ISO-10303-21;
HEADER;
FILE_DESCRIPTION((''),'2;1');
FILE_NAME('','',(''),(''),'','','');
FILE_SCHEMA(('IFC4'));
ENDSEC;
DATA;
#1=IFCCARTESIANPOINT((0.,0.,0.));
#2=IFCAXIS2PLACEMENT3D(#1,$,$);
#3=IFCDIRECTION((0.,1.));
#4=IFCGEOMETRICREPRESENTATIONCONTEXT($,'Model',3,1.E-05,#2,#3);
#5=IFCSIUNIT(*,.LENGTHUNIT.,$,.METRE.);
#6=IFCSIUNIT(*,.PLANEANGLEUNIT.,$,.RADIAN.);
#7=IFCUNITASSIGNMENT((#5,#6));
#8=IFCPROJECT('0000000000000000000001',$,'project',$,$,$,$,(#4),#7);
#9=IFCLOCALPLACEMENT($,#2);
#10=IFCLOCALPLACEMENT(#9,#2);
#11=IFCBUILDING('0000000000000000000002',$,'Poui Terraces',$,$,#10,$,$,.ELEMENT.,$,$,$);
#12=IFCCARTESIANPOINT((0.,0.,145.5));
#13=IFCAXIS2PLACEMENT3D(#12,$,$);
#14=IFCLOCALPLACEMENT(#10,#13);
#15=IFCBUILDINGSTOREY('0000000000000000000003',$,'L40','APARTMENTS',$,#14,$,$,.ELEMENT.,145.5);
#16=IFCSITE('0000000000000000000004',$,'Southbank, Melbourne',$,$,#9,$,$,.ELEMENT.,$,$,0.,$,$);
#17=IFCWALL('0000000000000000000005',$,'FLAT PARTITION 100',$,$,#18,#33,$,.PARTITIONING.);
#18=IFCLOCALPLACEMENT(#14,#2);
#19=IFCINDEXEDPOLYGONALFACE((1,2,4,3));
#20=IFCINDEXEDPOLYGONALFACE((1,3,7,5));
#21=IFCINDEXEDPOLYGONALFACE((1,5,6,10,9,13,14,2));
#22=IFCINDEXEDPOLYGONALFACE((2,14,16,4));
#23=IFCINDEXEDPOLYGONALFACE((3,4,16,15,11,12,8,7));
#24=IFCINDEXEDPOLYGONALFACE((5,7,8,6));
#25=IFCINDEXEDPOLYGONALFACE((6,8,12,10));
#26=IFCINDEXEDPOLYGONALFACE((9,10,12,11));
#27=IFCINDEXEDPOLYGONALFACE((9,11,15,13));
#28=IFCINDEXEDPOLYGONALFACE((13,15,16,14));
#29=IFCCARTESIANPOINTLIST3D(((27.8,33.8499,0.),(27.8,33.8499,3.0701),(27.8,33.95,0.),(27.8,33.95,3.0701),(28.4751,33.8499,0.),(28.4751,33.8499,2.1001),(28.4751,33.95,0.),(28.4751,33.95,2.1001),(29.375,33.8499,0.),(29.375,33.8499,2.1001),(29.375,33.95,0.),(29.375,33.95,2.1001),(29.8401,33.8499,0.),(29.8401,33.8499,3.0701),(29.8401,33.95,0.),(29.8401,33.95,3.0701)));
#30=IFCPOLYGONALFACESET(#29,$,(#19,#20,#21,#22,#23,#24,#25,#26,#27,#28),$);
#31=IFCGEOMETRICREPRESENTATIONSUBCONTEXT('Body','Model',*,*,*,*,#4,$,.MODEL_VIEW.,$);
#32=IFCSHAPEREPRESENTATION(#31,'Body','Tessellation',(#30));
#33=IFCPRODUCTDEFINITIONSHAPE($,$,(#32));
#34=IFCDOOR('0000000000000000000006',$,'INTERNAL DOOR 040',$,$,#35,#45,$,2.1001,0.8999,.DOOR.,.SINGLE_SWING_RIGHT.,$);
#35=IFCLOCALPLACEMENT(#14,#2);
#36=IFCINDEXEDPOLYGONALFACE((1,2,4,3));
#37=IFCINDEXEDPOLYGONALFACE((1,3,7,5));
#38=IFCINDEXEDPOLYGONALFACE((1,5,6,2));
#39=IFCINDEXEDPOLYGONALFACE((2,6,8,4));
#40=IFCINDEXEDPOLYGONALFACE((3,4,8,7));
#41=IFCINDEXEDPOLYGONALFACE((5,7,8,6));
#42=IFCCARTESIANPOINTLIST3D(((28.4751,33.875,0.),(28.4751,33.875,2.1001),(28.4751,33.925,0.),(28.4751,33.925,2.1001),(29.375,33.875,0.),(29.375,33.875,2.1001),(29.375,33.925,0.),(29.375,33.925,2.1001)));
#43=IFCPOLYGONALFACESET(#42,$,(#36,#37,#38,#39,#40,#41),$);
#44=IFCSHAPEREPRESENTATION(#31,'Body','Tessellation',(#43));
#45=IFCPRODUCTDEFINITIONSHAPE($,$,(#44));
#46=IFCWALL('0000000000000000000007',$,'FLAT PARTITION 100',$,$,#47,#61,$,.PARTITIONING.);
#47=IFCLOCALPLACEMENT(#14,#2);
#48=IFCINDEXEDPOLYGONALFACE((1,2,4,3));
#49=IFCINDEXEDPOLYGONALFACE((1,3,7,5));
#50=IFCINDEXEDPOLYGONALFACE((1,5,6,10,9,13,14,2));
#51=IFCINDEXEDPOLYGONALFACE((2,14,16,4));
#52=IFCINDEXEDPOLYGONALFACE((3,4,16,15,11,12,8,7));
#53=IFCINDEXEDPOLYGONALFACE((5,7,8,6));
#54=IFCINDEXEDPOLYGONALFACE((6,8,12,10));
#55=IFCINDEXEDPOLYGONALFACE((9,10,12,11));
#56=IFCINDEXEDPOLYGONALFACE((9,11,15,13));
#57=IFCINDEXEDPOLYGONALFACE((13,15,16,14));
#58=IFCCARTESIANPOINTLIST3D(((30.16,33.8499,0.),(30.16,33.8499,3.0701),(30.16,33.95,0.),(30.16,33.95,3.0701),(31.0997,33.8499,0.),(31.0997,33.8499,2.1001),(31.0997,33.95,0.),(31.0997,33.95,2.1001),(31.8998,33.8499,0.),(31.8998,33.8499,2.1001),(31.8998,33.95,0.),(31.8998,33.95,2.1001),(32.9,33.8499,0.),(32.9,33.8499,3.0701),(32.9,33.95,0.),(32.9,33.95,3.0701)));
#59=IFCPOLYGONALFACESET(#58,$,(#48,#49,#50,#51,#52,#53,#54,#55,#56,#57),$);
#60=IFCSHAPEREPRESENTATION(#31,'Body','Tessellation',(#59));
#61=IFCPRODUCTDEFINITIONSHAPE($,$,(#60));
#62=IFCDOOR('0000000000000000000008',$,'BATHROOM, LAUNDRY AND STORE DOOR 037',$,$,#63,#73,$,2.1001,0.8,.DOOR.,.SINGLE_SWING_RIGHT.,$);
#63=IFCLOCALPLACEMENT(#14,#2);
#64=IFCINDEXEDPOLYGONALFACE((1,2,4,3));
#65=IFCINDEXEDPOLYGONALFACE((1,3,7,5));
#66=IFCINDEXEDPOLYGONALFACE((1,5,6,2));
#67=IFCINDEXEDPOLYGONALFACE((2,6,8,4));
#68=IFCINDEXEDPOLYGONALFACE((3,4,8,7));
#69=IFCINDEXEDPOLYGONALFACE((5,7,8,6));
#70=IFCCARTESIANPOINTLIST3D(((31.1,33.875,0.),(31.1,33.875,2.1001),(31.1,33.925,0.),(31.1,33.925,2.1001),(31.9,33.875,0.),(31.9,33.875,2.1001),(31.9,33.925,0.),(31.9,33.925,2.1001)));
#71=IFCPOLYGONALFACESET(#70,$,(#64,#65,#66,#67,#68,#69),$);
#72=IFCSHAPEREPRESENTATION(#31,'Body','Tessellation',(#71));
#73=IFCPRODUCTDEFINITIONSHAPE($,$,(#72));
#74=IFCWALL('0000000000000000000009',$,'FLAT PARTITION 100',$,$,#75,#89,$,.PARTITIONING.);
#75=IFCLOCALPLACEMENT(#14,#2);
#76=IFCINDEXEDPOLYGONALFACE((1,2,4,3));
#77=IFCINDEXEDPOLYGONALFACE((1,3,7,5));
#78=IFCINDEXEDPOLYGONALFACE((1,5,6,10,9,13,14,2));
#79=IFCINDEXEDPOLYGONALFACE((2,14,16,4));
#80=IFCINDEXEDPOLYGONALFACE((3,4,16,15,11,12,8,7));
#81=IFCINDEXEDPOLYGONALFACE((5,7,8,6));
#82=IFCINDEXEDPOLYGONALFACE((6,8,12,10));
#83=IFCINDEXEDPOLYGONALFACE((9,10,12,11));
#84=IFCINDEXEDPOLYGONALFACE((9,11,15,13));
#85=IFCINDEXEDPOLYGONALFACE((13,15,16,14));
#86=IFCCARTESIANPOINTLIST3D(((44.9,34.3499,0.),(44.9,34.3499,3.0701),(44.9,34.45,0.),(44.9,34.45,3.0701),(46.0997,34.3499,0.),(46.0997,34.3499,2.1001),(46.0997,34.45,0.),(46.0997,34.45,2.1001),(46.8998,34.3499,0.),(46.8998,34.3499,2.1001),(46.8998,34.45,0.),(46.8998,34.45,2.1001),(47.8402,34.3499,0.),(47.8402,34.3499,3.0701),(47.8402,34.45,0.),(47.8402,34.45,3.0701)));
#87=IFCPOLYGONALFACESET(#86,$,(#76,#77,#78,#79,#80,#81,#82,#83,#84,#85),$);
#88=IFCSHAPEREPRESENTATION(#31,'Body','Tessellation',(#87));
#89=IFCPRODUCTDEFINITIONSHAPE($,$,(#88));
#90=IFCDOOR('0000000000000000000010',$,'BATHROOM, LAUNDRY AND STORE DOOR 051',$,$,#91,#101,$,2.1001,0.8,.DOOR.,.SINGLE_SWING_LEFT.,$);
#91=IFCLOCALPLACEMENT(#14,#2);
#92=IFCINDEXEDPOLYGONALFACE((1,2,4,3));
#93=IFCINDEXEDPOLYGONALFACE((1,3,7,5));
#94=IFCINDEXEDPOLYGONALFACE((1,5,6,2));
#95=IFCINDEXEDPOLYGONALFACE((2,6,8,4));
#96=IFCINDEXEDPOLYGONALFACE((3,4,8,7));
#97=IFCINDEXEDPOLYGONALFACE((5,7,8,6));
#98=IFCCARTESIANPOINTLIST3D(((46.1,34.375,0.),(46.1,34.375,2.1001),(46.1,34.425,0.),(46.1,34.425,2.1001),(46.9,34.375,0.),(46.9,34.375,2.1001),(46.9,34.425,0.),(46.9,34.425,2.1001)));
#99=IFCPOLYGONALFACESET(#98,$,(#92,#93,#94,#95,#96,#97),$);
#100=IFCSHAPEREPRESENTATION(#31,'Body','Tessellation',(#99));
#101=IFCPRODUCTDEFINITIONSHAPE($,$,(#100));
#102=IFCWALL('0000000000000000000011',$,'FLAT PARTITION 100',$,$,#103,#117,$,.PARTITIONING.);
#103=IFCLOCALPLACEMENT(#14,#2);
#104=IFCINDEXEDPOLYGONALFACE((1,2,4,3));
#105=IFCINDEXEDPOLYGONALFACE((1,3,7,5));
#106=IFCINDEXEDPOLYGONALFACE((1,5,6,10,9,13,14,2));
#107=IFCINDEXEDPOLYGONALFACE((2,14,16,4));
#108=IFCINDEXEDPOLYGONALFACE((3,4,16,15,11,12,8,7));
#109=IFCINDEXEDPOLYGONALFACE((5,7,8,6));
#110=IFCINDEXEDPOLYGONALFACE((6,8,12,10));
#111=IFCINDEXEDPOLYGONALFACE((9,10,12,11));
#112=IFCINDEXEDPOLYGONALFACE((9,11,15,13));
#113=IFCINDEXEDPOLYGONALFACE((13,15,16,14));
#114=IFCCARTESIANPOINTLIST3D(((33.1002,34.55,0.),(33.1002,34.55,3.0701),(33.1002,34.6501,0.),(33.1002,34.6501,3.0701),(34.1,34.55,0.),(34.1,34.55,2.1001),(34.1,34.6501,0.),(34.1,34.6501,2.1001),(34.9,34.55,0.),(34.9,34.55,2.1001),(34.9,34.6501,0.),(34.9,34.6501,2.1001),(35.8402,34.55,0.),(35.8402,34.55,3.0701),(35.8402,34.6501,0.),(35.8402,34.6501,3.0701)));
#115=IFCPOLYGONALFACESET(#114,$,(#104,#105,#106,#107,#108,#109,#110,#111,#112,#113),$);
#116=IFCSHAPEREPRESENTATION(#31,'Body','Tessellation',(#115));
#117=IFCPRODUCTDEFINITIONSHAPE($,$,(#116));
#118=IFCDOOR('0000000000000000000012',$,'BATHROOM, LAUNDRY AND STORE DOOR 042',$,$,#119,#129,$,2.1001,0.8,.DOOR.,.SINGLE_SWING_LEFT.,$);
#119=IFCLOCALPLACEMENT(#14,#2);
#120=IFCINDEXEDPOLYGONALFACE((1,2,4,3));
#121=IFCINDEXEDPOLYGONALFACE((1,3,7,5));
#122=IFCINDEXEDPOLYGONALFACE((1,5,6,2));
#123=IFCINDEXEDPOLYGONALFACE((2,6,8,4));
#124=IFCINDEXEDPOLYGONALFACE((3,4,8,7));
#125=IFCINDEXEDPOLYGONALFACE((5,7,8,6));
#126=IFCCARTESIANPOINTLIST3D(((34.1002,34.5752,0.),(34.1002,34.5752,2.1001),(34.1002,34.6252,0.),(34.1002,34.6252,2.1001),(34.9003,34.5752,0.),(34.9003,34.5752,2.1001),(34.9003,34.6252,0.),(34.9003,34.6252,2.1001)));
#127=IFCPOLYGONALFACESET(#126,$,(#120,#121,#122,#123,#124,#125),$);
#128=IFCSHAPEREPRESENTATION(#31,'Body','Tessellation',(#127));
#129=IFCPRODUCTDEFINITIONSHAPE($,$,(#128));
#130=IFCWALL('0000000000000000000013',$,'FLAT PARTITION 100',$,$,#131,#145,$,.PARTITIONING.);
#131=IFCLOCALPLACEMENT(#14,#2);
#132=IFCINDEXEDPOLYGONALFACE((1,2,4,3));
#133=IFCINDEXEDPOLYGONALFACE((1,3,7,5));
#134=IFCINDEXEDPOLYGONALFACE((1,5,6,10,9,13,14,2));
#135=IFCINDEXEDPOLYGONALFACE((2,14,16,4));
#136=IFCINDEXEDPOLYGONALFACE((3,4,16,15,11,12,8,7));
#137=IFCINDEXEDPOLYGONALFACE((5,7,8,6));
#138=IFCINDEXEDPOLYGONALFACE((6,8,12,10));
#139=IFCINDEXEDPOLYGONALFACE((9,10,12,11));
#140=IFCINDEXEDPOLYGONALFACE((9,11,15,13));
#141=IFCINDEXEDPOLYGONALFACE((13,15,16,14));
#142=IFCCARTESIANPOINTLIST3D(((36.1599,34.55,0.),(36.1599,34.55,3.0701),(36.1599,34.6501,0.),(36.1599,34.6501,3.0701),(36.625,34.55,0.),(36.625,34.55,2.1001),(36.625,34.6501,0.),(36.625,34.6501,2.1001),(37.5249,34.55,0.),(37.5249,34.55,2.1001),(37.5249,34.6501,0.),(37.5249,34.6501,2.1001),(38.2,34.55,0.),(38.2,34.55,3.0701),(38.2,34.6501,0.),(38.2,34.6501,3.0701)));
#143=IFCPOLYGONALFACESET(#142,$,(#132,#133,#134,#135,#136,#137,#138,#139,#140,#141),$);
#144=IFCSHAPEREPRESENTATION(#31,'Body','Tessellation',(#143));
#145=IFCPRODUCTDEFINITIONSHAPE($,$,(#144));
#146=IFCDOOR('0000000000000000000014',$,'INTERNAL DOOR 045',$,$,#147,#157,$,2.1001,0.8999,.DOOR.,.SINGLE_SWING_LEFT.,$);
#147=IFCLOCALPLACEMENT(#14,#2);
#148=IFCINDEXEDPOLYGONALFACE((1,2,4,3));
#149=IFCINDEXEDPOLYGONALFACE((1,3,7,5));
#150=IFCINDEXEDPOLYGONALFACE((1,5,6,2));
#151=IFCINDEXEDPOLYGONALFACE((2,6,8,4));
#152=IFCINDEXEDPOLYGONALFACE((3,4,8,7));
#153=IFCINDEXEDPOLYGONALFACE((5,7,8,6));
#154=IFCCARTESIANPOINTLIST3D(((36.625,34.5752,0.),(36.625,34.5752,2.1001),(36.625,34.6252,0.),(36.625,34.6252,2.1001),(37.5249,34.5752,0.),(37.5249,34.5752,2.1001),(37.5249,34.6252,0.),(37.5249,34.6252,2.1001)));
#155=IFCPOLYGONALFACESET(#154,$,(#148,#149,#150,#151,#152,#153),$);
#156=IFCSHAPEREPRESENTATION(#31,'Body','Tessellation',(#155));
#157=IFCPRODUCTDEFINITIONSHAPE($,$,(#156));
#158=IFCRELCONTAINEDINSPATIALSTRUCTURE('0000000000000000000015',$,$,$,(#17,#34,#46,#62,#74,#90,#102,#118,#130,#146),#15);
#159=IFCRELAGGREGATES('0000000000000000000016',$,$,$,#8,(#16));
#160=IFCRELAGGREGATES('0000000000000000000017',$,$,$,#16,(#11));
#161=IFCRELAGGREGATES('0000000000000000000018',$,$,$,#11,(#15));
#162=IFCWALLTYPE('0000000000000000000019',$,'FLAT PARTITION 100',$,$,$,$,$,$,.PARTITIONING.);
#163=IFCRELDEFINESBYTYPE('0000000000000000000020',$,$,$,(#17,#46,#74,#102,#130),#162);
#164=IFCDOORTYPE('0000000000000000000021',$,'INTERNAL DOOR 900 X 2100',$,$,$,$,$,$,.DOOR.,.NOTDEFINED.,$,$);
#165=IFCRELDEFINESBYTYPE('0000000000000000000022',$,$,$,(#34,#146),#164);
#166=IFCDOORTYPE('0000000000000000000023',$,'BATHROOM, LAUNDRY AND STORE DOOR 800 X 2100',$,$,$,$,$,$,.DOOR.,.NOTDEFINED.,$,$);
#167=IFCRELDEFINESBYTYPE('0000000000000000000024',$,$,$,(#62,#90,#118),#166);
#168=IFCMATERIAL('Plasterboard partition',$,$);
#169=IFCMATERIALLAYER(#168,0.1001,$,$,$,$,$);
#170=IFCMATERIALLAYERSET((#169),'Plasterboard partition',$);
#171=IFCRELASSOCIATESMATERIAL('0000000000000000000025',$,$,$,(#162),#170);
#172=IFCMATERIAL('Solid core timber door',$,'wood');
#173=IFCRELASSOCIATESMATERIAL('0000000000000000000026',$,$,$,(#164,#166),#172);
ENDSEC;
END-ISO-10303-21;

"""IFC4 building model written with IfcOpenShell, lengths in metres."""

from ifc_helpers import new_model, si_unit, direction, frame, frame_2d, origin, place, context, subcontext, project, spatial, rectangle, extrude, material, layer, layer_set, type_object, element, fill, save


model = new_model("IFC4")

# Units and contexts
model_context = context("Model", 3, precision=1e-05, world=origin(), true_north=direction((0.0, 1.0)))
body_context = subcontext(model_context, "Body", "Model", "MODEL_VIEW")
ifc_project = project(units=[si_unit("LENGTHUNIT", "METRE"), si_unit("PLANEANGLEUNIT", "RADIAN")], contexts=[model_context])

# Site, building, storey
site_placement = place(None, origin())
site = spatial("IfcSite", under=ifc_project, at=site_placement, Name="Southbank, Melbourne", CompositionType="ELEMENT", RefElevation=0.0)
building_placement = place(site_placement, origin())
building = spatial("IfcBuilding", under=site, at=building_placement, Name="Poui Terraces", CompositionType="ELEMENT")
storey_placement = place(building_placement, frame((0.0, 0.0, 145.5)))
storey = spatial("IfcBuildingStorey", under=building, at=storey_placement, Name="L40", Description="APARTMENTS", CompositionType="ELEMENT", Elevation=145.5)

# Walls, openings, doors
ifc_material_1 = material(Name="Plasterboard partition")
ifc_layer_1 = layer(ifc_material_1, 0.1001)
ifc_layer_set_1 = layer_set([ifc_layer_1], Name="Plasterboard partition")
wall_type_1 = type_object("IfcWallType", Name="FLAT PARTITION 100", PredefinedType="PARTITIONING", material=ifc_layer_set_1)
wall_1_placement = place(storey_placement, frame((27.8, 33.8999, 0.0), z_axis=(0.0, 0.0, 1.0), x_axis=(1.0, 0.0, 0.0)))
wall_1 = element("IfcWall", 1, at=wall_1_placement, inside=storey, type_object=wall_type_1, Name="FLAT PARTITION 100", PredefinedType="PARTITIONING", context=body_context, shape_type="SweptSolid", body=[
    extrude(rectangle(XDim=2.04, YDim=0.1001, at=frame_2d((1.02, 0.0))), origin(), (0.0, 0.0, 1.0), 3.0701),
])
opening_1_placement = place(wall_1_placement, frame((0.675, 0.0, 0.0)))
opening_1 = element("IfcOpeningElement", 2, at=opening_1_placement, cuts=wall_1, PredefinedType="OPENING", context=body_context, shape_type="SweptSolid", body=[
    extrude(rectangle(XDim=0.8999, YDim=2.1001, at=frame_2d((0.45, 1.05))), frame((0.0, 0.0601, 0.0), z_axis=(0.0, -1.0, 0.0), x_axis=(1.0, 0.0, 0.0)), (0.0, 0.0, 1.0), 0.1201),
])
ifc_material_2 = material(Name="Solid core timber door", Category="wood")
door_type_1 = type_object("IfcDoorType", Name="INTERNAL DOOR 900 X 2100", OperationType="NOTDEFINED", PredefinedType="DOOR", material=ifc_material_2)
door_1_placement = place(opening_1_placement, frame((0.8999, 0.0, 0.0), z_axis=(0.0, 0.0, 1.0), x_axis=(-1.0, 0.0, 0.0)))
door_1 = element("IfcDoor", 3, at=door_1_placement, inside=storey, type_object=door_type_1, Name="INTERNAL DOOR 040", OperationType="SINGLE_SWING_RIGHT", OverallHeight=2.1001, OverallWidth=0.8999, PredefinedType="DOOR", context=body_context, shape_type="SweptSolid", body=[
    extrude(rectangle(XDim=0.8999, YDim=2.1001, at=frame_2d((0.45, 1.05))), frame((0.0, 0.0249, 0.0), z_axis=(0.0, -1.0, 0.0), x_axis=(1.0, 0.0, 0.0)), (0.0, 0.0, 1.0), 0.05),
])
fill(opening_1, door_1)
wall_2_placement = place(storey_placement, frame((30.1599, 33.8999, 0.0), z_axis=(0.0, 0.0, 1.0), x_axis=(1.0, 0.0, 0.0)))
wall_2 = element("IfcWall", 4, at=wall_2_placement, inside=storey, type_object=wall_type_1, Name="FLAT PARTITION 100", PredefinedType="PARTITIONING", context=body_context, shape_type="SweptSolid", body=[
    extrude(rectangle(XDim=2.74, YDim=0.1001, at=frame_2d((1.3701, 0.0))), origin(), (0.0, 0.0, 1.0), 3.0701),
])
opening_2_placement = place(wall_2_placement, frame((0.9399, 0.0, 0.0)))
opening_2 = element("IfcOpeningElement", 5, at=opening_2_placement, cuts=wall_2, PredefinedType="OPENING", context=body_context, shape_type="SweptSolid", body=[
    extrude(rectangle(XDim=0.8, YDim=2.1001, at=frame_2d((0.3999, 1.05))), frame((0.0, 0.0601, 0.0), z_axis=(0.0, -1.0, 0.0), x_axis=(1.0, 0.0, 0.0)), (0.0, 0.0, 1.0), 0.1201),
])
door_type_2 = type_object("IfcDoorType", Name="BATHROOM, LAUNDRY AND STORE DOOR 800 X 2100", OperationType="NOTDEFINED", PredefinedType="DOOR", material=ifc_material_2)
door_2_placement = place(opening_2_placement, frame((0.8, 0.0, 0.0), z_axis=(0.0, 0.0, 1.0), x_axis=(-1.0, 0.0, 0.0)))
door_2 = element("IfcDoor", 6, at=door_2_placement, inside=storey, type_object=door_type_2, Name="BATHROOM, LAUNDRY AND STORE DOOR 037", OperationType="SINGLE_SWING_RIGHT", OverallHeight=2.1001, OverallWidth=0.8, PredefinedType="DOOR", context=body_context, shape_type="SweptSolid", body=[
    extrude(rectangle(XDim=0.8, YDim=2.1001, at=frame_2d((0.3999, 1.05))), frame((0.0, 0.0249, 0.0), z_axis=(0.0, -1.0, 0.0), x_axis=(1.0, 0.0, 0.0)), (0.0, 0.0, 1.0), 0.05),
])
fill(opening_2, door_2)
wall_3_placement = place(storey_placement, frame((44.8999, 34.3999, 0.0), z_axis=(0.0, 0.0, 1.0), x_axis=(1.0, 0.0, 0.0)))
wall_3 = element("IfcWall", 7, at=wall_3_placement, inside=storey, type_object=wall_type_1, Name="FLAT PARTITION 100", PredefinedType="PARTITIONING", context=body_context, shape_type="SweptSolid", body=[
    extrude(rectangle(XDim=2.9402, YDim=0.1001, at=frame_2d((1.4702, 0.0))), origin(), (0.0, 0.0, 1.0), 3.0701),
])
opening_3_placement = place(wall_3_placement, frame((1.2, 0.0, 0.0)))
opening_3 = element("IfcOpeningElement", 8, at=opening_3_placement, cuts=wall_3, PredefinedType="OPENING", context=body_context, shape_type="SweptSolid", body=[
    extrude(rectangle(XDim=0.8, YDim=2.1001, at=frame_2d((0.3999, 1.05))), frame((0.0, 0.0601, 0.0), z_axis=(0.0, -1.0, 0.0), x_axis=(1.0, 0.0, 0.0)), (0.0, 0.0, 1.0), 0.1201),
])
door_3_placement = place(opening_3_placement, frame((0.8, 0.0, 0.0), z_axis=(0.0, 0.0, 1.0), x_axis=(-1.0, 0.0, 0.0)))
door_3 = element("IfcDoor", 9, at=door_3_placement, inside=storey, type_object=door_type_2, Name="BATHROOM, LAUNDRY AND STORE DOOR 051", OperationType="SINGLE_SWING_LEFT", OverallHeight=2.1001, OverallWidth=0.8, PredefinedType="DOOR", context=body_context, shape_type="SweptSolid", body=[
    extrude(rectangle(XDim=0.8, YDim=2.1001, at=frame_2d((0.3999, 1.05))), frame((0.0, 0.0249, 0.0), z_axis=(0.0, -1.0, 0.0), x_axis=(1.0, 0.0, 0.0)), (0.0, 0.0, 1.0), 0.05),
])
fill(opening_3, door_3)
wall_4_placement = place(storey_placement, frame((33.1001, 34.6001, 0.0), z_axis=(0.0, 0.0, 1.0), x_axis=(1.0, 0.0, 0.0)))
wall_4 = element("IfcWall", 10, at=wall_4_placement, inside=storey, type_object=wall_type_1, Name="FLAT PARTITION 100", PredefinedType="PARTITIONING", context=body_context, shape_type="SweptSolid", body=[
    extrude(rectangle(XDim=2.74, YDim=0.1001, at=frame_2d((1.3701, 0.0))), origin(), (0.0, 0.0, 1.0), 3.0701),
])
opening_4_placement = place(wall_4_placement, frame((1.0, 0.0, 0.0)))
opening_4 = element("IfcOpeningElement", 11, at=opening_4_placement, cuts=wall_4, PredefinedType="OPENING", context=body_context, shape_type="SweptSolid", body=[
    extrude(rectangle(XDim=0.8, YDim=2.1001, at=frame_2d((0.3999, 1.05))), frame((0.0, 0.0601, 0.0), z_axis=(0.0, -1.0, 0.0), x_axis=(1.0, 0.0, 0.0)), (0.0, 0.0, 1.0), 0.1201),
])
door_4_placement = place(opening_4_placement, frame((0.8, 0.0, 0.0), z_axis=(0.0, 0.0, 1.0), x_axis=(-1.0, 0.0, 0.0)))
door_4 = element("IfcDoor", 12, at=door_4_placement, inside=storey, type_object=door_type_2, Name="BATHROOM, LAUNDRY AND STORE DOOR 042", OperationType="SINGLE_SWING_LEFT", OverallHeight=2.1001, OverallWidth=0.8, PredefinedType="DOOR", context=body_context, shape_type="SweptSolid", body=[
    extrude(rectangle(XDim=0.8, YDim=2.1001, at=frame_2d((0.3999, 1.05))), frame((0.0, 0.0249, 0.0), z_axis=(0.0, -1.0, 0.0), x_axis=(1.0, 0.0, 0.0)), (0.0, 0.0, 1.0), 0.05),
])
fill(opening_4, door_4)
wall_5_placement = place(storey_placement, frame((36.1599, 34.6001, 0.0), z_axis=(0.0, 0.0, 1.0), x_axis=(1.0, 0.0, 0.0)))
wall_5 = element("IfcWall", 13, at=wall_5_placement, inside=storey, type_object=wall_type_1, Name="FLAT PARTITION 100", PredefinedType="PARTITIONING", context=body_context, shape_type="SweptSolid", body=[
    extrude(rectangle(XDim=2.04, YDim=0.1001, at=frame_2d((1.02, 0.0))), origin(), (0.0, 0.0, 1.0), 3.0701),
])
opening_5_placement = place(wall_5_placement, frame((0.4651, 0.0, 0.0)))
opening_5 = element("IfcOpeningElement", 14, at=opening_5_placement, cuts=wall_5, PredefinedType="OPENING", context=body_context, shape_type="SweptSolid", body=[
    extrude(rectangle(XDim=0.8999, YDim=2.1001, at=frame_2d((0.45, 1.05))), frame((0.0, 0.0601, 0.0), z_axis=(0.0, -1.0, 0.0), x_axis=(1.0, 0.0, 0.0)), (0.0, 0.0, 1.0), 0.1201),
])
door_5_placement = place(opening_5_placement, frame((0.8999, 0.0, 0.0), z_axis=(0.0, 0.0, 1.0), x_axis=(-1.0, 0.0, 0.0)))
door_5 = element("IfcDoor", 15, at=door_5_placement, inside=storey, type_object=door_type_1, Name="INTERNAL DOOR 045", OperationType="SINGLE_SWING_LEFT", OverallHeight=2.1001, OverallWidth=0.8999, PredefinedType="DOOR", context=body_context, shape_type="SweptSolid", body=[
    extrude(rectangle(XDim=0.8999, YDim=2.1001, at=frame_2d((0.45, 1.05))), frame((0.0, 0.0249, 0.0), z_axis=(0.0, -1.0, 0.0), x_axis=(1.0, 0.0, 0.0)), (0.0, 0.0, 1.0), 0.05),
])
fill(opening_5, door_5)

save(model, "model.ifc")
